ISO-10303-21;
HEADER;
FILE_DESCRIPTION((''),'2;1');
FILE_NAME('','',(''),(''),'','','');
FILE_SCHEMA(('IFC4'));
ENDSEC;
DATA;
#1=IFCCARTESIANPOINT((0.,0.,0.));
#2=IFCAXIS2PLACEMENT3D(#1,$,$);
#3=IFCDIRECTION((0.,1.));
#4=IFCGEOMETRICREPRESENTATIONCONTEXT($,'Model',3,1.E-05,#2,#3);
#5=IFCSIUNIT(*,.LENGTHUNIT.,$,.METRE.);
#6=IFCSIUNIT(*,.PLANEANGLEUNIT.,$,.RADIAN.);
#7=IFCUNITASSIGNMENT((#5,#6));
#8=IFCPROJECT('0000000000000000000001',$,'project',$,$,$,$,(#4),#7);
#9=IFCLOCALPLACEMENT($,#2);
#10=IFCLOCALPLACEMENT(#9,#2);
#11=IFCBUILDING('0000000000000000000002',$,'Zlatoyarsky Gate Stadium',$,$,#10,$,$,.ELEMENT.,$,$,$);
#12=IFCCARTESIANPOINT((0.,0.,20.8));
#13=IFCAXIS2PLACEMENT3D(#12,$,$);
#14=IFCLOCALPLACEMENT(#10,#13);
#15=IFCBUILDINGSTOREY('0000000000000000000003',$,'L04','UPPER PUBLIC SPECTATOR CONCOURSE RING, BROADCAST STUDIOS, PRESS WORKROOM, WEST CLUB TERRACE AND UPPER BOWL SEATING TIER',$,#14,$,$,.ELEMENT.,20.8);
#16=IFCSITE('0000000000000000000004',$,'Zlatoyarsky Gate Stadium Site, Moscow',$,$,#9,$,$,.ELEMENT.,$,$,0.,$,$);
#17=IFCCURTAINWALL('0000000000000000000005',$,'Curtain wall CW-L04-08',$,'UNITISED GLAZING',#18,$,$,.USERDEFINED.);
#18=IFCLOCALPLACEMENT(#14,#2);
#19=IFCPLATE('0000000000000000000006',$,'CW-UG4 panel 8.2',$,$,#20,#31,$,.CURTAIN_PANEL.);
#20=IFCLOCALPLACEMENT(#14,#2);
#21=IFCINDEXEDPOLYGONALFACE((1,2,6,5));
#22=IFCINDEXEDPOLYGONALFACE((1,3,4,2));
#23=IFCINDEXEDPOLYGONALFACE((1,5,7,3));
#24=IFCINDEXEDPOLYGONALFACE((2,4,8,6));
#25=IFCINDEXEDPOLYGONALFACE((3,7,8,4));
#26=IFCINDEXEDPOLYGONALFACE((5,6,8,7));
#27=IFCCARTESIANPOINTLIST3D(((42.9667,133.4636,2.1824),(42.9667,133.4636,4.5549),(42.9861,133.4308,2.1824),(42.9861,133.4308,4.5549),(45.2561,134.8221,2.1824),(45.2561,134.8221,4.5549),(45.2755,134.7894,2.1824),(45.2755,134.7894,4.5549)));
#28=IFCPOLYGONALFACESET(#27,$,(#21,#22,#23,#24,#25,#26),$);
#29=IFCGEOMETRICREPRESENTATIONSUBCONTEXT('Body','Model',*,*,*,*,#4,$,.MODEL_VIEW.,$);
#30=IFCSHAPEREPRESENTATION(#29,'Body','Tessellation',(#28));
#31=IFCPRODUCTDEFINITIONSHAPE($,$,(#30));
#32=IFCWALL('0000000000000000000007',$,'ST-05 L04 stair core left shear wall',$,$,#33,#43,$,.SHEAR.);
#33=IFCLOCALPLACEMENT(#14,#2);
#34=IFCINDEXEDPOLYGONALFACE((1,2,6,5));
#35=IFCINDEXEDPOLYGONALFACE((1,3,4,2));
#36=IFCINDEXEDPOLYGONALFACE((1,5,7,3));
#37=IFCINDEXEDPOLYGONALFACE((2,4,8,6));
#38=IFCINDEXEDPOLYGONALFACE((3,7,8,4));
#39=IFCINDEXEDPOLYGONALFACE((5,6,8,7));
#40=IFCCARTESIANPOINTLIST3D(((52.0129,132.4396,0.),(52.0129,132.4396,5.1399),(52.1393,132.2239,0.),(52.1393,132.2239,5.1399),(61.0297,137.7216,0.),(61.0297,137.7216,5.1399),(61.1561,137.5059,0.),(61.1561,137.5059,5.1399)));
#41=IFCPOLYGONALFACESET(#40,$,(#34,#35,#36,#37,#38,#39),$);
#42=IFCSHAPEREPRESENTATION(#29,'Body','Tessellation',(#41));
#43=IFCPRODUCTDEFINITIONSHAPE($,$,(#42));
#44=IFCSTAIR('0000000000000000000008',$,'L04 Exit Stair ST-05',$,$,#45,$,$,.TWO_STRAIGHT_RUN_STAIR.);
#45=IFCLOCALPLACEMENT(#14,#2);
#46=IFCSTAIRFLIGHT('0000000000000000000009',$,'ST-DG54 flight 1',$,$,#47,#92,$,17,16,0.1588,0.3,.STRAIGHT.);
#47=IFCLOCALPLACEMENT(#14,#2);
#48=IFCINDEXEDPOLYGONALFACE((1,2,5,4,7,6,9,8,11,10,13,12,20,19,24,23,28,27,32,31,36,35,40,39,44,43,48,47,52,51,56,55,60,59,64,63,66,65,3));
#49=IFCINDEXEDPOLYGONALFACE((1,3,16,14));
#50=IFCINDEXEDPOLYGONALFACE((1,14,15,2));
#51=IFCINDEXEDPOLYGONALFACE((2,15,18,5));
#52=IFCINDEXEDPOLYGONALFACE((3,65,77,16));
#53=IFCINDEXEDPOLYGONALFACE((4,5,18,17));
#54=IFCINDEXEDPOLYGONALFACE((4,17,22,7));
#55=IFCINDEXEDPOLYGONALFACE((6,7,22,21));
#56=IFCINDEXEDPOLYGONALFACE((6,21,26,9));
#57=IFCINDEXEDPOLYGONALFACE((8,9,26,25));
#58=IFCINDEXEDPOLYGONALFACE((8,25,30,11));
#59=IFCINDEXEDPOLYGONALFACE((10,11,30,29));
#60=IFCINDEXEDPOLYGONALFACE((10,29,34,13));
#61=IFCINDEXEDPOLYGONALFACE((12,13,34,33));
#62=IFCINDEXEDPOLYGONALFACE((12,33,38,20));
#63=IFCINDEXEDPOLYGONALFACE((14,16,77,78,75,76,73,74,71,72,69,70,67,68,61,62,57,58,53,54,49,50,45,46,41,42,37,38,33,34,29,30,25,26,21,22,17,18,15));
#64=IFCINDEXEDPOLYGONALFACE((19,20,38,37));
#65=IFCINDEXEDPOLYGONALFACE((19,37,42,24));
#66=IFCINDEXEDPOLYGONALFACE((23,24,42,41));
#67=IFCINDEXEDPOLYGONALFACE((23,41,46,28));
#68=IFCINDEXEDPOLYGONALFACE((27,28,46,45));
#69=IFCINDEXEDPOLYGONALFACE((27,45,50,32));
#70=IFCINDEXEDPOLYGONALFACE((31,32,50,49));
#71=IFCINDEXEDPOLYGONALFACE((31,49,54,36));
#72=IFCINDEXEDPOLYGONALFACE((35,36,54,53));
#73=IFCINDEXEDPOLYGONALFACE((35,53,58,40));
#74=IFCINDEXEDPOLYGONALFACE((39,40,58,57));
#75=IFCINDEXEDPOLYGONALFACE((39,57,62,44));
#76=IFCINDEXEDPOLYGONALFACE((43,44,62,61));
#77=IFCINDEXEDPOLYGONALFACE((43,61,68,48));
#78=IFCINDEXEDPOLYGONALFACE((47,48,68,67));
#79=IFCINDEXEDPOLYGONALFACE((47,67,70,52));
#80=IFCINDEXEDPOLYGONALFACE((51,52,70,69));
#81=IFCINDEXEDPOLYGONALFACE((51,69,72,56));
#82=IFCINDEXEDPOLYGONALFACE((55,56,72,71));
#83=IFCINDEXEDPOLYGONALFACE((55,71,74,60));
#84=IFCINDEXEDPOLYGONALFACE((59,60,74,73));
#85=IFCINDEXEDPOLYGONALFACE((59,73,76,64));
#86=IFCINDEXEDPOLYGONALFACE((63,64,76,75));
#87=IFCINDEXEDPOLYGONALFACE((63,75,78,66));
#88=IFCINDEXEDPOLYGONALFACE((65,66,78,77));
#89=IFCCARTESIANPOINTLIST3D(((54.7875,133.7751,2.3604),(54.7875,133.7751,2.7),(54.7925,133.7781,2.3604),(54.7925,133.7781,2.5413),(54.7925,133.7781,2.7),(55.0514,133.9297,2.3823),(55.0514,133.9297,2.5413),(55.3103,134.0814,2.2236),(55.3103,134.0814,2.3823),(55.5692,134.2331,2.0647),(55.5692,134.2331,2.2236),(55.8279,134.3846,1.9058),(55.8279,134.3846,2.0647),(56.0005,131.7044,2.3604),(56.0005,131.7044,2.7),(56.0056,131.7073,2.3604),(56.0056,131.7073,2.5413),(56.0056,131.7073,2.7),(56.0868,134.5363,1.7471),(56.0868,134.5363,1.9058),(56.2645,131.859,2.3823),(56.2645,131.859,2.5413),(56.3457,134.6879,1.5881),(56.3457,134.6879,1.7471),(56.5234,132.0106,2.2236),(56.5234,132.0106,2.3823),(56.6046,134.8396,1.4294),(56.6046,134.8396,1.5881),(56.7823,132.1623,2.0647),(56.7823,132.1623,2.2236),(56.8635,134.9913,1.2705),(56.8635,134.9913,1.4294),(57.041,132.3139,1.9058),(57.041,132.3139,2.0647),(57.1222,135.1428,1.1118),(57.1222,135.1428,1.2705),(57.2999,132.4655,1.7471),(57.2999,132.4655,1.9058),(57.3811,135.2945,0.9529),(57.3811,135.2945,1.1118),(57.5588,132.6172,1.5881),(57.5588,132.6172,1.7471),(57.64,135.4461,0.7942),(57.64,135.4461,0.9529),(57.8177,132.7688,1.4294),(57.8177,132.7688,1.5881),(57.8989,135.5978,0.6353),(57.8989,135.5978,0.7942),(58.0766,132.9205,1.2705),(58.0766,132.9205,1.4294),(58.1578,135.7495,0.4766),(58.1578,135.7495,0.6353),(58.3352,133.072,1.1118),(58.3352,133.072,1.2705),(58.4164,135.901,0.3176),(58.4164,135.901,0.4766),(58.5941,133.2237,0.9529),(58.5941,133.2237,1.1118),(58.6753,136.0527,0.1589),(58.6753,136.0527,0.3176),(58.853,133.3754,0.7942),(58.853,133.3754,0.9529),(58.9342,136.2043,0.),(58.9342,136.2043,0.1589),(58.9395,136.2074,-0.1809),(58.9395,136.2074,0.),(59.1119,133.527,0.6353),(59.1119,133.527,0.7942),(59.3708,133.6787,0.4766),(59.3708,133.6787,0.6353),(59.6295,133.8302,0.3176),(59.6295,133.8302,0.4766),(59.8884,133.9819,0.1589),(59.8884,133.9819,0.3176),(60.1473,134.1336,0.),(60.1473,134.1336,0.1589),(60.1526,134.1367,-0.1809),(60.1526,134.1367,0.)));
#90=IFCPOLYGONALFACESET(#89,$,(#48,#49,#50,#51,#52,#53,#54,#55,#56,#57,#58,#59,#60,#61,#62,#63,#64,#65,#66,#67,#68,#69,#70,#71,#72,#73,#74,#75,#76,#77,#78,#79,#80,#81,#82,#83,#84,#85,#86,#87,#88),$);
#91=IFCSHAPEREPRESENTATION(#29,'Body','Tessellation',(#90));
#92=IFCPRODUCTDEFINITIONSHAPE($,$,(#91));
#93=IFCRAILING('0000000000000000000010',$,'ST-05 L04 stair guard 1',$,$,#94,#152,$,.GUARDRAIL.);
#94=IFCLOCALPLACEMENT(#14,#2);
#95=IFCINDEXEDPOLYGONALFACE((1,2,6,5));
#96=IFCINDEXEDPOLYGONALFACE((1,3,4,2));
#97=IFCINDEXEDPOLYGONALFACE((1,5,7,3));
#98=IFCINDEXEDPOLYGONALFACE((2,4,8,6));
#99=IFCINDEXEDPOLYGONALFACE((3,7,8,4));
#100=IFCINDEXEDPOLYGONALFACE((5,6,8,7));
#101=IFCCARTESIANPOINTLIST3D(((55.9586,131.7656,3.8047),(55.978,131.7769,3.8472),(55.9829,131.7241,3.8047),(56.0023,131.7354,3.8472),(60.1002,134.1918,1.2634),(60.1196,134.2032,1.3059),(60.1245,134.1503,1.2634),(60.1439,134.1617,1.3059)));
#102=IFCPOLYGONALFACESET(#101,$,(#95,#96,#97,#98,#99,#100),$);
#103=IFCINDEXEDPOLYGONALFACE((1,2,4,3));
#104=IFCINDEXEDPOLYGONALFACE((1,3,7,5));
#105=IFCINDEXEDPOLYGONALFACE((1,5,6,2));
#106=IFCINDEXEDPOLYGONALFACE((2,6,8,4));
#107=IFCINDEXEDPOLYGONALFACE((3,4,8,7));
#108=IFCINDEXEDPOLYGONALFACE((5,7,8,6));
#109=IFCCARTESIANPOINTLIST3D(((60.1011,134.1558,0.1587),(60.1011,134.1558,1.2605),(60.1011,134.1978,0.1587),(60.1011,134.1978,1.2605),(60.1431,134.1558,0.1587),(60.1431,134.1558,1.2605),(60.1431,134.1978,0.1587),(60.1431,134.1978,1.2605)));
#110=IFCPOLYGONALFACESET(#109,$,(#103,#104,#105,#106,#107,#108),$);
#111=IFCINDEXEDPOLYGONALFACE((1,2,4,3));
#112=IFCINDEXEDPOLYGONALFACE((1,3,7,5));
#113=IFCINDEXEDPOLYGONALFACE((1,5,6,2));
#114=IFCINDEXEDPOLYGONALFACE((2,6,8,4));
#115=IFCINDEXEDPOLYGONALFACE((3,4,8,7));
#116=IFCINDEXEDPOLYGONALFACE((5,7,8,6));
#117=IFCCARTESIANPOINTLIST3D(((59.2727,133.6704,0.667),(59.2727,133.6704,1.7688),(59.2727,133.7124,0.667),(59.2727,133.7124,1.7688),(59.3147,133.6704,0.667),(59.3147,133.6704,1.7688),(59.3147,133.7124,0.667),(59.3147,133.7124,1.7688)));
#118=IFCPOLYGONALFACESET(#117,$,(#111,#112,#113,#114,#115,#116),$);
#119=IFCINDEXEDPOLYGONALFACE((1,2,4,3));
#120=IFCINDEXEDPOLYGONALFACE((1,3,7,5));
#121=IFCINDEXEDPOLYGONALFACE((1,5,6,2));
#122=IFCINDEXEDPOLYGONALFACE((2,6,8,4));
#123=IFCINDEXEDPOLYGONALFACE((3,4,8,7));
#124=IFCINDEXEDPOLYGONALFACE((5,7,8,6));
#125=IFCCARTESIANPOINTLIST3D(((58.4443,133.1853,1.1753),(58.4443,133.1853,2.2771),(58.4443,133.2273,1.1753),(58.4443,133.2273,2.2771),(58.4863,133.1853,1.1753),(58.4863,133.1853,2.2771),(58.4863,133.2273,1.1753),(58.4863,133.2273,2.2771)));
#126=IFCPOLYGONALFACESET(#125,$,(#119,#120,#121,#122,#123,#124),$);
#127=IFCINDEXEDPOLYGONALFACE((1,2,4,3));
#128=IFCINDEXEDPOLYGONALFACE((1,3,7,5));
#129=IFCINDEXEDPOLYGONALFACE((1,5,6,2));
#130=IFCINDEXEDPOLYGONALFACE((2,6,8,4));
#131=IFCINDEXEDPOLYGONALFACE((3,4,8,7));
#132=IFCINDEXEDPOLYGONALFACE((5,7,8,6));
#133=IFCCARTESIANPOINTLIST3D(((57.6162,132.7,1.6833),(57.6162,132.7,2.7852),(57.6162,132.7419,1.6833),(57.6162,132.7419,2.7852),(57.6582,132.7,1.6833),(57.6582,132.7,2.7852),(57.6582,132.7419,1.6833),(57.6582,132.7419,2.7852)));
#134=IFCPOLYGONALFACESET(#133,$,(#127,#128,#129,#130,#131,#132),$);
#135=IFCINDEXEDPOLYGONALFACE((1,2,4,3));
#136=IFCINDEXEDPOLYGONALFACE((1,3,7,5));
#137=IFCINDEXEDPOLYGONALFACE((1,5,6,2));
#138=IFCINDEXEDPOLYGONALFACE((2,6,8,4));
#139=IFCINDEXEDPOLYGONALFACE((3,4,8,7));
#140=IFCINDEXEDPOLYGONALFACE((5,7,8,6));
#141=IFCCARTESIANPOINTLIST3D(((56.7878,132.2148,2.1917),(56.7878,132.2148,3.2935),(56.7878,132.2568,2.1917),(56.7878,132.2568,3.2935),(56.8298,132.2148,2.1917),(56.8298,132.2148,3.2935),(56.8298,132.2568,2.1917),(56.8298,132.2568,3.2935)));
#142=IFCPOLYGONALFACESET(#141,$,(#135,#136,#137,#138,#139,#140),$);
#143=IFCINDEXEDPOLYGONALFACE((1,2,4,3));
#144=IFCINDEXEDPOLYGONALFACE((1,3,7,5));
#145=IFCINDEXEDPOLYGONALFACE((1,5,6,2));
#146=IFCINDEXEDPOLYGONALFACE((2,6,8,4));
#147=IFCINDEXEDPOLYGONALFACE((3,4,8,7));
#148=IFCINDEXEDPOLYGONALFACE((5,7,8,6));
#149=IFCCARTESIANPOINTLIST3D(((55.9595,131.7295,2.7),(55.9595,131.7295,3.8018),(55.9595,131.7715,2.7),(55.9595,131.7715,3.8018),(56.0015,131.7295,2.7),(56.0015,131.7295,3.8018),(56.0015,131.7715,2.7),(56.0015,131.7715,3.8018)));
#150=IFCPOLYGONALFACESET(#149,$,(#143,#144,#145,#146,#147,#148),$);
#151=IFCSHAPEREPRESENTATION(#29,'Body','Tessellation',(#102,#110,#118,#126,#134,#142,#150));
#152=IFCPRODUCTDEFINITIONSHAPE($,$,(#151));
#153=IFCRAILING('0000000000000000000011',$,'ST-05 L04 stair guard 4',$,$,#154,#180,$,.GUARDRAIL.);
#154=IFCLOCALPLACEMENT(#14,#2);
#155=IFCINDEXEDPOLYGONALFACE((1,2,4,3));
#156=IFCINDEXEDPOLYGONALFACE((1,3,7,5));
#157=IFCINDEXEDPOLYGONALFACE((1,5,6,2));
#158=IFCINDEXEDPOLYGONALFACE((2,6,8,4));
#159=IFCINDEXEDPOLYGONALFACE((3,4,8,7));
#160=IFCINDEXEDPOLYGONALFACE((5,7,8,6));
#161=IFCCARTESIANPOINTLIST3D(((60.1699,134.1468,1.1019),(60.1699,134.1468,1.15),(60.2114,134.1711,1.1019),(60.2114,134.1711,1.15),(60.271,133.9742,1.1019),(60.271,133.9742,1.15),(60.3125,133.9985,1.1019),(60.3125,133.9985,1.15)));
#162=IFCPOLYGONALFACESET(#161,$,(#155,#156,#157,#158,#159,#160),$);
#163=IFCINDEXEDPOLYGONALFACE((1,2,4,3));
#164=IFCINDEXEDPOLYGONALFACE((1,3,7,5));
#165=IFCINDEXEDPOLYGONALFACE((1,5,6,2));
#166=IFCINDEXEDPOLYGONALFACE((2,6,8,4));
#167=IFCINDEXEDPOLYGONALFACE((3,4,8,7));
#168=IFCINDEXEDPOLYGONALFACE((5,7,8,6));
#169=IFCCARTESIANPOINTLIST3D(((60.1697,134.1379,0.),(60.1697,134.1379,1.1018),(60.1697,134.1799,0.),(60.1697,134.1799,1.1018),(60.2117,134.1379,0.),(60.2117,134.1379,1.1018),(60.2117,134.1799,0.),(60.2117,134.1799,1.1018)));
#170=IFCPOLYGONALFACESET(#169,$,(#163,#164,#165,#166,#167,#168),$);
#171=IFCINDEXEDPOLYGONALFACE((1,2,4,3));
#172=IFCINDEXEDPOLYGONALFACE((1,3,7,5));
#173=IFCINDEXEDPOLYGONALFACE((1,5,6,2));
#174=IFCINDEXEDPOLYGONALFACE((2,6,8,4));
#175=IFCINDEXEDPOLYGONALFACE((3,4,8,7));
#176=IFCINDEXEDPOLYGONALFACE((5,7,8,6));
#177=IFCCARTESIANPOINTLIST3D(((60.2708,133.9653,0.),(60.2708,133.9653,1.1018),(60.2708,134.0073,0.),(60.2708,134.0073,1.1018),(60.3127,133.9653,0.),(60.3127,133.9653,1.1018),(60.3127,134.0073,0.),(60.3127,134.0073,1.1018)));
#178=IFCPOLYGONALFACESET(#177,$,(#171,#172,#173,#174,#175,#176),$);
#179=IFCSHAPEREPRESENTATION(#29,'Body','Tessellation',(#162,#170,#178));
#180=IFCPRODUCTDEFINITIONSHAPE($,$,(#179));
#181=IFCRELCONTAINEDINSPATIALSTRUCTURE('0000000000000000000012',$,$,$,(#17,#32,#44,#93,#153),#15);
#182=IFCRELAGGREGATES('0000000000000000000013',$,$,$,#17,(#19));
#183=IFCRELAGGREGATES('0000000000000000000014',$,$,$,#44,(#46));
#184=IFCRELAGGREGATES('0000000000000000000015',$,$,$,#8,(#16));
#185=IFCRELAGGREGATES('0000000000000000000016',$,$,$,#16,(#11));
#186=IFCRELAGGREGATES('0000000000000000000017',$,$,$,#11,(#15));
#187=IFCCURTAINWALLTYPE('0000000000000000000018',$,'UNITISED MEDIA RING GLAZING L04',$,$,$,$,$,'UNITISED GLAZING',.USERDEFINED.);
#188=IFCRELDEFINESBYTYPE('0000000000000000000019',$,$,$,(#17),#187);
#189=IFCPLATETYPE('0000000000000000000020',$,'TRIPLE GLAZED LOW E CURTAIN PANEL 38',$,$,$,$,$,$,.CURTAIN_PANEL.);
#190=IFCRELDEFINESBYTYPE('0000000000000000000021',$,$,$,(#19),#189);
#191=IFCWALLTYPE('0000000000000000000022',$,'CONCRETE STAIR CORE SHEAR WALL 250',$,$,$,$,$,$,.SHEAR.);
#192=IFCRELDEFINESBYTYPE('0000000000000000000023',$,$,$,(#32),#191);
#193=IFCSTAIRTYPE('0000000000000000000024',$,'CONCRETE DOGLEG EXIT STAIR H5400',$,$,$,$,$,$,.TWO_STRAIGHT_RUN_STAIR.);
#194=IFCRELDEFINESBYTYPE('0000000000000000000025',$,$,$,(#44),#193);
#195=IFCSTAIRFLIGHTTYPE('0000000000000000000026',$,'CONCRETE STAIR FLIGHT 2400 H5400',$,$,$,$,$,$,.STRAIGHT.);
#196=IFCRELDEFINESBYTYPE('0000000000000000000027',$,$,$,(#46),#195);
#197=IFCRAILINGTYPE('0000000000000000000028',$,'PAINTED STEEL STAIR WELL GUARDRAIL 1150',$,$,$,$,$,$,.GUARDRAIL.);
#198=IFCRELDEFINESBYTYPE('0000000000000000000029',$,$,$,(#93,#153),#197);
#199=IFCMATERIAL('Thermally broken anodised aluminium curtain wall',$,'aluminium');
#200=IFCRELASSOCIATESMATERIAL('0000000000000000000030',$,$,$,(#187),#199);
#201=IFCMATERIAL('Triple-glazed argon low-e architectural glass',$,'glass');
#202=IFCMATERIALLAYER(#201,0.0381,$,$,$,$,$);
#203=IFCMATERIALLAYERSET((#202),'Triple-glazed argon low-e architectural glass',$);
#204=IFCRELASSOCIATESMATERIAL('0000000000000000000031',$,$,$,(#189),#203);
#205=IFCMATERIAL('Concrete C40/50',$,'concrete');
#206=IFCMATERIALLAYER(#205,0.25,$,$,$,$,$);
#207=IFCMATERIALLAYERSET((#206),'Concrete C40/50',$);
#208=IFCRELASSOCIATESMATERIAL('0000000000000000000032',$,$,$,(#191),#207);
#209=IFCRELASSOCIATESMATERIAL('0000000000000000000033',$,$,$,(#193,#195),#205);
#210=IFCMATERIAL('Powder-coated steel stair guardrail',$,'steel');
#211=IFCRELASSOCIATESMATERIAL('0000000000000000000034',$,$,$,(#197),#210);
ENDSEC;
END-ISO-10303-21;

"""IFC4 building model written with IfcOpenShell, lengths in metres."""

from ifc_helpers import new_model, si_unit, direction, frame, frame_2d, origin, origin_2d, place, context, subcontext, project, spatial, polyline, rectangle, outline, extrude, material, layer, layer_set, type_object, element, aggregate, save


model = new_model("IFC4")

# Units and contexts
model_context = context("Model", 3, precision=1e-05, world=origin(), true_north=direction((0.0, 1.0)))
body_context = subcontext(model_context, "Body", "Model", "MODEL_VIEW")
ifc_project = project(units=[si_unit("LENGTHUNIT", "METRE"), si_unit("PLANEANGLEUNIT", "RADIAN")], contexts=[model_context])

# Site, building, storey
site_placement = place(None, origin())
site = spatial("IfcSite", under=ifc_project, at=site_placement, Name="Zlatoyarsky Gate Stadium Site, Moscow", CompositionType="ELEMENT", RefElevation=0.0)
building_placement = place(site_placement, origin())
building = spatial("IfcBuilding", under=site, at=building_placement, Name="Zlatoyarsky Gate Stadium", CompositionType="ELEMENT")
storey_placement = place(building_placement, frame((0.0, 0.0, 20.8)))
storey = spatial("IfcBuildingStorey", under=building, at=storey_placement, Name="L04", Description="UPPER PUBLIC SPECTATOR CONCOURSE RING, BROADCAST STUDIOS, PRESS WORKROOM, WEST CLUB TERRACE AND UPPER BOWL SEATING TIER", CompositionType="ELEMENT", Elevation=20.8)

# Curtain wall
ifc_material_1 = material(Name="Thermally broken anodised aluminium curtain wall", Category="aluminium")
curtain_wall_type = type_object("IfcCurtainWallType", Name="UNITISED MEDIA RING GLAZING L04", ElementType="UNITISED GLAZING", PredefinedType="USERDEFINED", material=ifc_material_1)
curtain_wall_placement = place(storey_placement, origin())
curtain_wall = element("IfcCurtainWall", 1, at=curtain_wall_placement, inside=storey, type_object=curtain_wall_type, Name="Curtain wall CW-L04-08", ObjectType="UNITISED GLAZING", PredefinedType="USERDEFINED")

# Plate
ifc_material_2 = material(Name="Triple-glazed argon low-e architectural glass", Category="glass")
ifc_layer_1 = layer(ifc_material_2, 0.0381)
ifc_layer_set_1 = layer_set([ifc_layer_1], Name="Triple-glazed argon low-e architectural glass")
plate_type_1 = type_object("IfcPlateType", Name="TRIPLE GLAZED LOW E CURTAIN PANEL 38", PredefinedType="CURTAIN_PANEL", material=ifc_layer_set_1)
plate_1_placement = place(storey_placement, frame((44.1211, 134.1265, 2.1824), z_axis=(0.0, 0.0, 1.0), x_axis=(-0.859978, -0.51033, 0.0)))
plate_1 = element("IfcPlate", 2, at=plate_1_placement, type_object=plate_type_1, Name="CW-UG4 panel 8.2", PredefinedType="CURTAIN_PANEL", context=body_context, shape_type="SweptSolid", body=[
    extrude(rectangle(XDim=2.6621, YDim=0.0381, at=origin_2d()), origin(), (0.0, 0.0, 1.0), 2.3726),
])
aggregate(curtain_wall, [plate_1])

# Wall
ifc_material_3 = material(Name="Concrete C40/50", Category="concrete")
ifc_layer_2 = layer(ifc_material_3, 0.25)
ifc_layer_set_2 = layer_set([ifc_layer_2], Name="Concrete C40/50")
wall_type = type_object("IfcWallType", Name="CONCRETE STAIR CORE SHEAR WALL 250", PredefinedType="SHEAR", material=ifc_layer_set_2)
wall_placement = place(storey_placement, frame((61.093, 137.6138, 0.0), z_axis=(0.0, 0.0, 1.0), x_axis=(-0.862855, -0.505452, 0.0)))
element("IfcWall", 3, at=wall_placement, inside=storey, type_object=wall_type, Name="ST-05 L04 stair core left shear wall", PredefinedType="SHEAR", context=body_context, shape_type="SweptSolid", body=[
    extrude(rectangle(XDim=10.45, YDim=0.25, at=frame_2d((5.2251, 0.0))), origin(), (0.0, 0.0, 1.0), 5.1399),
])

# Stair, stair flight
stair_type = type_object("IfcStairType", Name="CONCRETE DOGLEG EXIT STAIR H5400", PredefinedType="TWO_STRAIGHT_RUN_STAIR", material=ifc_material_3)
stair_placement = place(storey_placement, origin())
stair = element("IfcStair", 4, at=stair_placement, inside=storey, type_object=stair_type, Name="L04 Exit Stair ST-05", PredefinedType="TWO_STRAIGHT_RUN_STAIR")
stair_flight_type = type_object("IfcStairFlightType", Name="CONCRETE STAIR FLIGHT 2400 H5400", PredefinedType="STRAIGHT", material=ifc_material_3)
stair_flight_placement = place(storey_placement, frame((59.5408, 135.1689, 0.0), z_axis=(0.0, 0.0, 1.0), x_axis=(-0.862848, -0.505463, 0.0)))
stair_flight = element("IfcStairFlight", 5, at=stair_flight_placement, type_object=stair_flight_type, Name="ST-DG54 flight 1", NumberOfRisers=17, NumberOfTreads=16, PredefinedType="STRAIGHT", RiserHeight=0.1588, TreadLength=0.3, context=body_context, shape_type="SweptSolid", body=[
    extrude(outline(polyline([(-0.0061, -0.1809), (-0.0061, 0.0), (0.0, 0.0), (0.0, 0.1589), (0.3, 0.1589), (0.3, 0.3176), (0.6001, 0.3176), (0.6001, 0.4766), (0.8999, 0.4766), (0.8999, 0.6353), (1.2, 0.6353), (1.2, 0.7942), (1.5, 0.7942), (1.5, 0.9529), (1.8, 0.9529), (1.8, 1.1118), (2.1001, 1.1118), (2.1001, 1.2705), (2.3999, 1.2705), (2.3999, 1.4294), (2.7, 1.4294), (2.7, 1.5881), (3.0, 1.5881), (3.0, 1.7471), (3.3, 1.7471), (3.3, 1.9058), (3.6001, 1.9058), (3.6001, 2.0647), (3.8999, 2.0647), (3.8999, 2.2236), (4.2, 2.2236), (4.2, 2.3823), (4.5, 2.3823), (4.5, 2.5413), (4.8, 2.5413), (4.8, 2.7), (4.8059, 2.7), (4.8059, 2.3604), (4.8, 2.3604), (-0.0061, -0.1809)])), frame((0.0, 1.2, 0.0), z_axis=(0.0, -1.0, 0.0), x_axis=(1.0, 0.0, 0.0)), (0.0, 0.0, 1.0), 2.3999),
])
aggregate(stair, [stair_flight])

# Railings
ifc_material_4 = material(Name="Powder-coated steel stair guardrail", Category="steel")
railing_type_1 = type_object("IfcRailingType", Name="PAINTED STEEL STAIR WELL GUARDRAIL 1150", PredefinedType="GUARDRAIL", material=ifc_material_4)
railing_1_placement = place(storey_placement, frame((60.1221, 134.1768, 0.1587)))
element("IfcRailing", 6, at=railing_1_placement, inside=storey, type_object=railing_type_1, Name="ST-05 L04 stair guard 1", PredefinedType="GUARDRAIL", context=body_context, shape_type="SweptSolid", body=[
    extrude(rectangle(XDim=0.0481, YDim=0.0481, at=origin_2d()), frame((0.0, 0.0, 1.126), z_axis=(-0.762561, -0.44673, 0.467902), x_axis=(0.505477, -0.86284, 0.0)), (0.0, 0.0, 1.0), 5.4312),
    extrude(rectangle(XDim=0.042, YDim=0.042, at=origin_2d()), origin(), (0.0, 0.0, 1.0), 1.1018),
    extrude(rectangle(XDim=0.042, YDim=0.042, at=origin_2d()), frame((-0.8284, -0.4854, 0.5083)), (0.0, 0.0, 1.0), 1.1018),
    extrude(rectangle(XDim=0.042, YDim=0.042, at=origin_2d()), frame((-1.6567, -0.9705, 1.0166)), (0.0, 0.0, 1.0), 1.1018),
    extrude(rectangle(XDim=0.042, YDim=0.042, at=origin_2d()), frame((-2.4849, -1.4558, 1.5247)), (0.0, 0.0, 1.0), 1.1018),
    extrude(rectangle(XDim=0.042, YDim=0.042, at=origin_2d()), frame((-3.3132, -1.9409, 2.033)), (0.0, 0.0, 1.0), 1.1018),
    extrude(rectangle(XDim=0.042, YDim=0.042, at=origin_2d()), frame((-4.1416, -2.4263, 2.5413)), (0.0, 0.0, 1.0), 1.1018),
])
railing_2_placement = place(storey_placement, frame((60.1907, 134.1589, 0.0)))
element("IfcRailing", 7, at=railing_2_placement, inside=storey, type_object=railing_type_1, Name="ST-05 L04 stair guard 4", PredefinedType="GUARDRAIL", context=body_context, shape_type="SweptSolid", body=[
    extrude(rectangle(XDim=0.0481, YDim=0.0481, at=origin_2d()), frame((0.0, 0.0, 1.126), z_axis=(0.505312, -0.862937, 0.0), x_axis=(0.862937, 0.505312, 0.0)), (0.0, 0.0, 1.0), 0.2),
    extrude(rectangle(XDim=0.042, YDim=0.042, at=origin_2d()), origin(), (0.0, 0.0, 1.0), 1.1018),
    extrude(rectangle(XDim=0.042, YDim=0.042, at=origin_2d()), frame((0.1011, -0.1726, 0.0)), (0.0, 0.0, 1.0), 1.1018),
])

save(model, "model.ifc")
